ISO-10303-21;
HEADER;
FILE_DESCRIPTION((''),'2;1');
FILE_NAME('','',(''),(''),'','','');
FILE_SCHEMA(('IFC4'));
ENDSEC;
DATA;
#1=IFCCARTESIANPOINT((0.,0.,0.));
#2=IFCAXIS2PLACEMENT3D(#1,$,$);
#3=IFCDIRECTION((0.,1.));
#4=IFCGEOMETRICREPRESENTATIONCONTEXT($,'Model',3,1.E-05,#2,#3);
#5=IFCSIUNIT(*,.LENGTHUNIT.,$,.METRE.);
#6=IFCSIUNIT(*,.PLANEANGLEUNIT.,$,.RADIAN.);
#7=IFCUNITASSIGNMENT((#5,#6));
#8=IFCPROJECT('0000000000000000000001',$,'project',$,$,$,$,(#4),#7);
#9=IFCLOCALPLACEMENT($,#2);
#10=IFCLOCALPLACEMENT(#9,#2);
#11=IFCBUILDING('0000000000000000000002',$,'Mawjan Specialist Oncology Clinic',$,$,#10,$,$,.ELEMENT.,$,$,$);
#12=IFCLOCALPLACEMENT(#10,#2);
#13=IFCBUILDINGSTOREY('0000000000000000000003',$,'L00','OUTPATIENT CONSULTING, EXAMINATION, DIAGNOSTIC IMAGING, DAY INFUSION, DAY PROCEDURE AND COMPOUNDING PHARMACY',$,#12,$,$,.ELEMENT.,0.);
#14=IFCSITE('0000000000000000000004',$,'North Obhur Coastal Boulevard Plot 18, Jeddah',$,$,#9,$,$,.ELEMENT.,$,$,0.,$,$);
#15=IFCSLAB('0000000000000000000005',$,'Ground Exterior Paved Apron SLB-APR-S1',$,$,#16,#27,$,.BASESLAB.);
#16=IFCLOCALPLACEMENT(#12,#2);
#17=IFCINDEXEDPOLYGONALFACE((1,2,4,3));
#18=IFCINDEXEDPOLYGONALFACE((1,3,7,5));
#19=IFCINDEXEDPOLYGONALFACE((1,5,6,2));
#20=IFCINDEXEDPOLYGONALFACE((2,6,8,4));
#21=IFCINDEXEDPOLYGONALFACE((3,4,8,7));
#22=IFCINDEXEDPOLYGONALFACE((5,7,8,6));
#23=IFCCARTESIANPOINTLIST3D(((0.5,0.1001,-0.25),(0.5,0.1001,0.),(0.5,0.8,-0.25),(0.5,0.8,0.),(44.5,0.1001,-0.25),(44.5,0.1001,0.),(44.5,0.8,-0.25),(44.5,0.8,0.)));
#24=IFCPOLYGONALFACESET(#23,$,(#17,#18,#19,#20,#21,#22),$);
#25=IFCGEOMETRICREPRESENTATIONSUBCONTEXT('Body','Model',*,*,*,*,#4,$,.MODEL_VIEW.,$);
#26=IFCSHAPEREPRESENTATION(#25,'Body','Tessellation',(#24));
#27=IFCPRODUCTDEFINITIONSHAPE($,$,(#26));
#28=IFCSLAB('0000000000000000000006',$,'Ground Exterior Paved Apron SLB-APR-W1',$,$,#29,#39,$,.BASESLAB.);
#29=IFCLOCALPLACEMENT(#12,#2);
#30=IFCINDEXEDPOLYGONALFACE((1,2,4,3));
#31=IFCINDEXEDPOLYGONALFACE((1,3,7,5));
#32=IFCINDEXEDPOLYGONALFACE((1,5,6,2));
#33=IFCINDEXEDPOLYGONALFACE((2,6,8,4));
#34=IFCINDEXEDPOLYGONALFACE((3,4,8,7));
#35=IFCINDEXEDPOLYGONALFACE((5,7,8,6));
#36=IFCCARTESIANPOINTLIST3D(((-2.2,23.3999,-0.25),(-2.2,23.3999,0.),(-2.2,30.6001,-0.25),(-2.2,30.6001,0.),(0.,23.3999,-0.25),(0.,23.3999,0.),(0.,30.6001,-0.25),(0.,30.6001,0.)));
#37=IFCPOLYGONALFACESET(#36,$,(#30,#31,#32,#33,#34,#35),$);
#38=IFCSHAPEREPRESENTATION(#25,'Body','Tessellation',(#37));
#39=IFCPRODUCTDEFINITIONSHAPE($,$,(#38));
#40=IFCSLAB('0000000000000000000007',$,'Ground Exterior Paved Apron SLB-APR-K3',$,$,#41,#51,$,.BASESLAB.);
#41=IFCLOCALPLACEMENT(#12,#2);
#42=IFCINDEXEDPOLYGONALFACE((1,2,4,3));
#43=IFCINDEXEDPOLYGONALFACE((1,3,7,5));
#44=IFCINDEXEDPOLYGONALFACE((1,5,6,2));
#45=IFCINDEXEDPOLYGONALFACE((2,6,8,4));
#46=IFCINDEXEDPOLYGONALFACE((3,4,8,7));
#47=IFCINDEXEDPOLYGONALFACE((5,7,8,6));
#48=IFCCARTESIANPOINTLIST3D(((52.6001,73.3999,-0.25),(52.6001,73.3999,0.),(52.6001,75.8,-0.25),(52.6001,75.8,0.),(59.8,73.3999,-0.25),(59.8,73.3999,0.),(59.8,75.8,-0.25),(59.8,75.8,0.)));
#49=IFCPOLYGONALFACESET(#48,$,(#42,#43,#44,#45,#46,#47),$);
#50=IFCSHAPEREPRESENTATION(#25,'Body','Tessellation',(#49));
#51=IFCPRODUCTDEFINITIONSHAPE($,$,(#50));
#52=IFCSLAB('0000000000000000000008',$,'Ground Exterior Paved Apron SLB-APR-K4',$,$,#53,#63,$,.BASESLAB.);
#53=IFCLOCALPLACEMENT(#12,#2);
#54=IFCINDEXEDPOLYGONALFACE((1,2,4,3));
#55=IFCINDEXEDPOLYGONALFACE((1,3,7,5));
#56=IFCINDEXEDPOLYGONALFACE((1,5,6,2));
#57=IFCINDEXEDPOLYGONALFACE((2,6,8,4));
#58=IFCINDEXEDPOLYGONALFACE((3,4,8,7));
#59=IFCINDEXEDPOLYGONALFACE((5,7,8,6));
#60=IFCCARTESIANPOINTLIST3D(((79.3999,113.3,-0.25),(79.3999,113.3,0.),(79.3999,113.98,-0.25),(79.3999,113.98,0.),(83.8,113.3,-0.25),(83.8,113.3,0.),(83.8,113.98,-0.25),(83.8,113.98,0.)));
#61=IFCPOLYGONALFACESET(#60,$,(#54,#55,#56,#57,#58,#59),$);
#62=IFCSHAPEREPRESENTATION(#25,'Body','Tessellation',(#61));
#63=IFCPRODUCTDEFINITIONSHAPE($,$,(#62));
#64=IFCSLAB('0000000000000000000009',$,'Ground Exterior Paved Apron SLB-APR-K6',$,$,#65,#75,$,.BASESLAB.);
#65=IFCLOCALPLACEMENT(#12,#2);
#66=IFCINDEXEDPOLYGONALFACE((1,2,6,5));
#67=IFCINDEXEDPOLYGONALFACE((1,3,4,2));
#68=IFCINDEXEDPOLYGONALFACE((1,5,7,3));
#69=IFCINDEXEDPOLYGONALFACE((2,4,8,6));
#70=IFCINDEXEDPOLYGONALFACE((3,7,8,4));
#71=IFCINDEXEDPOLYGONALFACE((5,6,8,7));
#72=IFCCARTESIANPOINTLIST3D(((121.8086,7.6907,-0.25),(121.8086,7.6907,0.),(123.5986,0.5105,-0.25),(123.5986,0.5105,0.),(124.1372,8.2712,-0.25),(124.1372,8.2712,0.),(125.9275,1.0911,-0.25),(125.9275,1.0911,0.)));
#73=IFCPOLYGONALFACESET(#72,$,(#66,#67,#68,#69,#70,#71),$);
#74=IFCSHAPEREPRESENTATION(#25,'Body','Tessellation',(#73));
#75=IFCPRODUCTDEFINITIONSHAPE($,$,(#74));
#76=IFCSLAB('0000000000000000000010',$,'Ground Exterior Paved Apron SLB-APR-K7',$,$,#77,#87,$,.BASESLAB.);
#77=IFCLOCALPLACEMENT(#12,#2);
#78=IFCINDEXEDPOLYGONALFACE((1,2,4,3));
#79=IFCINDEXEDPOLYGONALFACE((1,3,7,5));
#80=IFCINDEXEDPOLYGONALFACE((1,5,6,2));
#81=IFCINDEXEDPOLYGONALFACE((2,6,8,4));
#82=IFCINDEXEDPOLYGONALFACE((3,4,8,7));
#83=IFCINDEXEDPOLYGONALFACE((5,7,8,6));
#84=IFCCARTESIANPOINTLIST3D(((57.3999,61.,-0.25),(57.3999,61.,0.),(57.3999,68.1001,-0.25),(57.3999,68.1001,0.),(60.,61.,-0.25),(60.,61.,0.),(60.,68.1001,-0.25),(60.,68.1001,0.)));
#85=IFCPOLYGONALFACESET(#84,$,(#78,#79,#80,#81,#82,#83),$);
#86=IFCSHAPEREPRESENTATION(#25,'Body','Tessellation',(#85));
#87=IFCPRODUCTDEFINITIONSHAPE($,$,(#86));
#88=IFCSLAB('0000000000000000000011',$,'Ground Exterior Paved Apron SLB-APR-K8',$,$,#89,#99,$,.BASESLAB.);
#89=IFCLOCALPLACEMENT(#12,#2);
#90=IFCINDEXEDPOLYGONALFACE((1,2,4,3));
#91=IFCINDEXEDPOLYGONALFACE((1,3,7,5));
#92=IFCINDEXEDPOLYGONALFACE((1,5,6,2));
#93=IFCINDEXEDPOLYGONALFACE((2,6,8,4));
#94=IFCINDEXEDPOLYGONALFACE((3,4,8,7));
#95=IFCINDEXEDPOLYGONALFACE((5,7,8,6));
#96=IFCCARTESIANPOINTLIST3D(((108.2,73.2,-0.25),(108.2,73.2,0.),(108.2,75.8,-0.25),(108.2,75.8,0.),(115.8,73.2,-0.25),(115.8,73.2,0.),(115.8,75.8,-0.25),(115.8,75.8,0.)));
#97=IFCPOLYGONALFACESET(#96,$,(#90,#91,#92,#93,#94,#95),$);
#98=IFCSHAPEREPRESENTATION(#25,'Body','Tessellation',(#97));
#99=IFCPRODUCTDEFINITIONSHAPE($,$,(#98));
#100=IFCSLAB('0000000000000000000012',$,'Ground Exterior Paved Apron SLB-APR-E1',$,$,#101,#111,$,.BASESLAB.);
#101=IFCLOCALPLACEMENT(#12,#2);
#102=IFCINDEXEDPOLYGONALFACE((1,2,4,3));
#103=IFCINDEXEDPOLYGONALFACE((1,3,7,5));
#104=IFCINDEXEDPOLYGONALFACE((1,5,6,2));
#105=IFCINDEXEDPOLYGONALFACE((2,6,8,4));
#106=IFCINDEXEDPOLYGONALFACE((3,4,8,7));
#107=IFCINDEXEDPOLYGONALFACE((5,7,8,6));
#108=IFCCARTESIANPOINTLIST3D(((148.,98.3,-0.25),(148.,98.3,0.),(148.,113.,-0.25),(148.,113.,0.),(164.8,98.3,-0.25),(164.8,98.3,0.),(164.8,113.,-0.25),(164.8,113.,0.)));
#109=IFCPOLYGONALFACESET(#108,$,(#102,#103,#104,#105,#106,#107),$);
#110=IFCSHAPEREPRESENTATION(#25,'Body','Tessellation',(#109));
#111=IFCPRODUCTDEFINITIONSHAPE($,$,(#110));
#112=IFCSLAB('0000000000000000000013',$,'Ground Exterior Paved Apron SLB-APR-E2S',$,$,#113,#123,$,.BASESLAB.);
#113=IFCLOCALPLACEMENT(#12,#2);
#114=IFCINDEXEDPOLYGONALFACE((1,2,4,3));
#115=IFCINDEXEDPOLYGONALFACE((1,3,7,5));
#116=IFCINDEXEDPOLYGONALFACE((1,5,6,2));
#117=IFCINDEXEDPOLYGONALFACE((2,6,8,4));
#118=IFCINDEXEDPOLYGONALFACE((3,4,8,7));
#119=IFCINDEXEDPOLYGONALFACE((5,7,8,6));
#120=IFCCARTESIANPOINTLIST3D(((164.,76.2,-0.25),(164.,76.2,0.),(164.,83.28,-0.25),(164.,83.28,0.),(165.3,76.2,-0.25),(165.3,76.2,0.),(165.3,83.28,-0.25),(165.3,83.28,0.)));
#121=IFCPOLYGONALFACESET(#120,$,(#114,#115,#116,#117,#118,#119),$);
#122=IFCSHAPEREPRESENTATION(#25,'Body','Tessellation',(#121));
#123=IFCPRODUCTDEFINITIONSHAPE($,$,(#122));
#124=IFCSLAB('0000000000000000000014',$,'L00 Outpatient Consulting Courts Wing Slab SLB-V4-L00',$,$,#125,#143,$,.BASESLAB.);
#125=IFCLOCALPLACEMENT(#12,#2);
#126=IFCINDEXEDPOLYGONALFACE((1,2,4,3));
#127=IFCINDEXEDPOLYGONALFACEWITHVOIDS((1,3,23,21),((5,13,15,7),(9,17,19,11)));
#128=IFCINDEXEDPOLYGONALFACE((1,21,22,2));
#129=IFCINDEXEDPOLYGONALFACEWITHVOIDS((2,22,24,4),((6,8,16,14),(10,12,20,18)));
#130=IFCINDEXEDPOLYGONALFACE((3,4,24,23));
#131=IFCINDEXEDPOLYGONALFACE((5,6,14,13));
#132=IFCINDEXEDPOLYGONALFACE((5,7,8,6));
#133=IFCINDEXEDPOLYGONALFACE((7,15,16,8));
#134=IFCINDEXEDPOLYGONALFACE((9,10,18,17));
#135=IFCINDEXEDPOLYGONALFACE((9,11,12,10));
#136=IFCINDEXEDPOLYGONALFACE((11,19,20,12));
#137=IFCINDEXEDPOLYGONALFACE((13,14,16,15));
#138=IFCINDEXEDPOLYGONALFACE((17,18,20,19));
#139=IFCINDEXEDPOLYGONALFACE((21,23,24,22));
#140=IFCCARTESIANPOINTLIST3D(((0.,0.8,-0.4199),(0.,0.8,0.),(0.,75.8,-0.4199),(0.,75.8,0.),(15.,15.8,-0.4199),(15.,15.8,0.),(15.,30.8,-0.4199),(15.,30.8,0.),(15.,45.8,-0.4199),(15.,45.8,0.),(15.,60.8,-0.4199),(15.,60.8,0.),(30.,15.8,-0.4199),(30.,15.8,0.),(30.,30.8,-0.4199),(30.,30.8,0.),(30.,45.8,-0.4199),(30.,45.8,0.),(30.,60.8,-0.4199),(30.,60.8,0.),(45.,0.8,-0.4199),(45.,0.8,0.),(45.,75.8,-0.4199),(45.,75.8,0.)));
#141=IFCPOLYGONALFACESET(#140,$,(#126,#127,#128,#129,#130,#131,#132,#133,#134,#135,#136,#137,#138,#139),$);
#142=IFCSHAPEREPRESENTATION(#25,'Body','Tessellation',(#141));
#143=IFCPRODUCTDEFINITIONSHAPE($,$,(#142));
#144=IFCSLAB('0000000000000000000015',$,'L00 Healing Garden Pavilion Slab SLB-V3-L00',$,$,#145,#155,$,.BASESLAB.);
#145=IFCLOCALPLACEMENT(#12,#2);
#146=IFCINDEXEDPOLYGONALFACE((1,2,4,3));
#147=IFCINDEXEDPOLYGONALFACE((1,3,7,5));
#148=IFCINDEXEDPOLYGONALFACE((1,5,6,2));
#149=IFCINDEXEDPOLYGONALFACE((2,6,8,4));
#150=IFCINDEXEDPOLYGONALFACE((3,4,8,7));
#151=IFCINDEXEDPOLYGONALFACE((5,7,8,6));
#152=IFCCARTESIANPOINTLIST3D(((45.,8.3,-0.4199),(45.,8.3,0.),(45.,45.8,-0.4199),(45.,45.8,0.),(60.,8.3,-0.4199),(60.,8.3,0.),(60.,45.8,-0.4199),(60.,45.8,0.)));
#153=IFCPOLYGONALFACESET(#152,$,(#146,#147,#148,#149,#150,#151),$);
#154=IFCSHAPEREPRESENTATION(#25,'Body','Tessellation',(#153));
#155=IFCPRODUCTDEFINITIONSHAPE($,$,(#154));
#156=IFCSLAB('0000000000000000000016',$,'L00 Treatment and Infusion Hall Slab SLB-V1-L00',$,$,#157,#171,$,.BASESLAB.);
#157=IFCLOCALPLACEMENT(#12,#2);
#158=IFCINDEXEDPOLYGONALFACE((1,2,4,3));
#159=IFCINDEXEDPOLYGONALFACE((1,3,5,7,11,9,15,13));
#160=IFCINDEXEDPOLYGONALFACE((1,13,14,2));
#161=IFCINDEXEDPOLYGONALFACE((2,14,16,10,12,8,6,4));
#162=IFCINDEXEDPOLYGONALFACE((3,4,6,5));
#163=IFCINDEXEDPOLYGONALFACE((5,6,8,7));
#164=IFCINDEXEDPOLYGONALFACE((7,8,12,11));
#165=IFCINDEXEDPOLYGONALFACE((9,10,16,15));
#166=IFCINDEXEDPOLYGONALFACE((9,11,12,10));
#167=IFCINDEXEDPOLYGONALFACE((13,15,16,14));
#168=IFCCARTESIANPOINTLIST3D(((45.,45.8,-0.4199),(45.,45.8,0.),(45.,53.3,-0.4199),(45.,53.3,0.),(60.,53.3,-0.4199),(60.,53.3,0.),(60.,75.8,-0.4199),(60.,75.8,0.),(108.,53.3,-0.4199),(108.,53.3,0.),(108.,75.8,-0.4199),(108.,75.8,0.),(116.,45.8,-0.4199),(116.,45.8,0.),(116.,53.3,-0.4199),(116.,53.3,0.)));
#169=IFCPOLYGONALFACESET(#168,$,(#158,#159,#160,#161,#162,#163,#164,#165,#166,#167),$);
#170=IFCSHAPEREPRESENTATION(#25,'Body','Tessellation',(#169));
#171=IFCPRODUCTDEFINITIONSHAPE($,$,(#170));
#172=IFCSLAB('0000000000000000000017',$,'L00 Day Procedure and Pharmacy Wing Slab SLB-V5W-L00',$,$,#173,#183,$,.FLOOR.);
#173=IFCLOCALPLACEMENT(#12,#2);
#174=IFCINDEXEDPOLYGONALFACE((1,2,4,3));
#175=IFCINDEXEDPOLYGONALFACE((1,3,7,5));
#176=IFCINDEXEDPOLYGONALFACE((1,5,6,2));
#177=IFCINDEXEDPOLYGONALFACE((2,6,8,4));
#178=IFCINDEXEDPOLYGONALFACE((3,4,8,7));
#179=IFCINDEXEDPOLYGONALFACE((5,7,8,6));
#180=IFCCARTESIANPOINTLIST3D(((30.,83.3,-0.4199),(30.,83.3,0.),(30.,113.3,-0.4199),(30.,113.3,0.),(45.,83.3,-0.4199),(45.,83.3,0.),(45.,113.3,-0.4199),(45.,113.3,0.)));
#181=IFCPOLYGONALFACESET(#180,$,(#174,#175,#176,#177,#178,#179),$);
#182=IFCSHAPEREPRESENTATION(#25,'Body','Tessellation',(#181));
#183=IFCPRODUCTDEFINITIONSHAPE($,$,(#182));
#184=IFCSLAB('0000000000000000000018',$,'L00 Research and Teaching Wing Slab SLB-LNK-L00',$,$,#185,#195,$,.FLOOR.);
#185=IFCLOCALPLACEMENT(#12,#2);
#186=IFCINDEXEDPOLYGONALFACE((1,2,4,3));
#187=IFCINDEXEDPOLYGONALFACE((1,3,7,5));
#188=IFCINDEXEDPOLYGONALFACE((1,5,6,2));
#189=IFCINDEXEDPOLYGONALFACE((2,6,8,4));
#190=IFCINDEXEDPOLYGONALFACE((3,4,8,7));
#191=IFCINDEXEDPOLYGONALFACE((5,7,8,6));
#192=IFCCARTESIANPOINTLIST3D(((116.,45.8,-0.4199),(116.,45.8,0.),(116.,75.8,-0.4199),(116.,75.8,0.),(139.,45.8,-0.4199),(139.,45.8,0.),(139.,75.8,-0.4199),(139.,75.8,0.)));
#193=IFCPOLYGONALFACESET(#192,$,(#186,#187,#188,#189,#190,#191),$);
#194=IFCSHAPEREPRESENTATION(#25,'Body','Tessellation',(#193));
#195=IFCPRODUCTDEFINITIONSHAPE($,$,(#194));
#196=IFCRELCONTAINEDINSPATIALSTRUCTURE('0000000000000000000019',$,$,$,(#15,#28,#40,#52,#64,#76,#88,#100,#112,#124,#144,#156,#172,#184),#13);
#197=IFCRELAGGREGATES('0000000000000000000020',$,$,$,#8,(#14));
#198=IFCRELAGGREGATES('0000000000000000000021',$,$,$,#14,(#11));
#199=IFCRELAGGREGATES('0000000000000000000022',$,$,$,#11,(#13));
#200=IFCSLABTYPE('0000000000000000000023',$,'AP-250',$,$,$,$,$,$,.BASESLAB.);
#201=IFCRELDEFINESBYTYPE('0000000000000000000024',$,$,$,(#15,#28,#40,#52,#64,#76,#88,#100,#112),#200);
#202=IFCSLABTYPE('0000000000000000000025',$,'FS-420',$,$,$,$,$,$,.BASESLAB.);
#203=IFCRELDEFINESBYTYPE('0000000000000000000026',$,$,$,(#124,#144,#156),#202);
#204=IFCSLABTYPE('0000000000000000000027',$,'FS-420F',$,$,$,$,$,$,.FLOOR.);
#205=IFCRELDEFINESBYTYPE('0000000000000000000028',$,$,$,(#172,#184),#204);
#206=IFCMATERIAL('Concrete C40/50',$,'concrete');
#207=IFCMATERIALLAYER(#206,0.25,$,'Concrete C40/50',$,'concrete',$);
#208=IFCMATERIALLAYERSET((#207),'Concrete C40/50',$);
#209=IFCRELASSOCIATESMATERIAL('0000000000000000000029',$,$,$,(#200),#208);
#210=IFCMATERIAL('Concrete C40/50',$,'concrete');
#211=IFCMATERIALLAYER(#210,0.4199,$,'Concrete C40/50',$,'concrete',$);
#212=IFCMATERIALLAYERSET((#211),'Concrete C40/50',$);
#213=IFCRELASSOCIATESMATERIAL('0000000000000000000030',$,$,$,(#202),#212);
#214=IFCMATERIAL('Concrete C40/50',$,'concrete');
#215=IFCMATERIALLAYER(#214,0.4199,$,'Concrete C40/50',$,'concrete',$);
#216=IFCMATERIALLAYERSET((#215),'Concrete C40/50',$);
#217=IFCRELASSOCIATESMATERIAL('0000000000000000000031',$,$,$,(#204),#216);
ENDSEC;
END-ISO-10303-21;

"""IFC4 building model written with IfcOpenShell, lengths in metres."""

from ifc_helpers import new_model, si_unit, direction, frame, origin, place, context, subcontext, project, spatial, polyline, outline, extrude, material, layer, layer_set, type_object, element, save


model = new_model("IFC4")

# Units and contexts
model_context = context("Model", 3, precision=1e-05, world=origin(), true_north=direction((0.0, 1.0)))
body_context = subcontext(model_context, "Body", "Model", "MODEL_VIEW")
ifc_project = project(units=[si_unit("LENGTHUNIT", "METRE"), si_unit("PLANEANGLEUNIT", "RADIAN")], contexts=[model_context])

# Site, building, storey
site_placement = place(None, origin())
site = spatial("IfcSite", under=ifc_project, at=site_placement, Name="North Obhur Coastal Boulevard Plot 18, Jeddah", CompositionType="ELEMENT", RefElevation=0.0)
building_placement = place(site_placement, origin())
building = spatial("IfcBuilding", under=site, at=building_placement, Name="Mawjan Specialist Oncology Clinic", CompositionType="ELEMENT")
storey_placement = place(building_placement, origin())
storey = spatial("IfcBuildingStorey", under=building, at=storey_placement, Name="L00", Description="OUTPATIENT CONSULTING, EXAMINATION, DIAGNOSTIC IMAGING, DAY INFUSION, DAY PROCEDURE AND COMPOUNDING PHARMACY", CompositionType="ELEMENT", Elevation=0.0)

# Slabs
ifc_material_1 = material(Name="Concrete C40/50", Category="concrete")
ifc_layer_1 = layer(ifc_material_1, 0.25, Name="Concrete C40/50", Category="concrete")
ifc_layer_set_1 = layer_set([ifc_layer_1], Name="Concrete C40/50")
slab_type_1 = type_object("IfcSlabType", Name="AP-250", PredefinedType="BASESLAB", material=ifc_layer_set_1)
slab_1_placement = place(storey_placement, frame((0.0, 0.0, -0.25)))
element("IfcSlab", 1, at=slab_1_placement, inside=storey, type_object=slab_type_1, Name="Ground Exterior Paved Apron SLB-APR-S1", PredefinedType="BASESLAB", context=body_context, shape_type="SweptSolid", body=[
    extrude(outline(polyline([(0.5, 0.1001), (44.5, 0.1001), (44.5, 0.8), (0.5, 0.8), (0.5, 0.1001)])), origin(), (0.0, 0.0, 1.0), 0.25),
])
slab_2_placement = place(storey_placement, frame((0.0, 0.0, -0.25)))
element("IfcSlab", 2, at=slab_2_placement, inside=storey, type_object=slab_type_1, Name="Ground Exterior Paved Apron SLB-APR-W1", PredefinedType="BASESLAB", context=body_context, shape_type="SweptSolid", body=[
    extrude(outline(polyline([(-2.2, 23.3999), (0.0, 23.3999), (0.0, 30.6001), (-2.2, 30.6001), (-2.2, 23.3999)])), origin(), (0.0, 0.0, 1.0), 0.25),
])
slab_3_placement = place(storey_placement, frame((0.0, 0.0, -0.25)))
element("IfcSlab", 3, at=slab_3_placement, inside=storey, type_object=slab_type_1, Name="Ground Exterior Paved Apron SLB-APR-K3", PredefinedType="BASESLAB", context=body_context, shape_type="SweptSolid", body=[
    extrude(outline(polyline([(52.6001, 73.3999), (59.8, 73.3999), (59.8, 75.8), (52.6001, 75.8), (52.6001, 73.3999)])), origin(), (0.0, 0.0, 1.0), 0.25),
])
slab_4_placement = place(storey_placement, frame((0.0, 0.0, -0.25)))
element("IfcSlab", 4, at=slab_4_placement, inside=storey, type_object=slab_type_1, Name="Ground Exterior Paved Apron SLB-APR-K4", PredefinedType="BASESLAB", context=body_context, shape_type="SweptSolid", body=[
    extrude(outline(polyline([(79.3999, 113.3), (83.8, 113.3), (83.8, 113.98), (79.3999, 113.98), (79.3999, 113.3)])), origin(), (0.0, 0.0, 1.0), 0.25),
])
slab_5_placement = place(storey_placement, frame((0.0, 0.0, -0.25)))
element("IfcSlab", 5, at=slab_5_placement, inside=storey, type_object=slab_type_1, Name="Ground Exterior Paved Apron SLB-APR-K6", PredefinedType="BASESLAB", context=body_context, shape_type="SweptSolid", body=[
    extrude(outline(polyline([(123.5986, 0.5105), (125.9275, 1.0911), (124.1372, 8.2712), (121.8086, 7.6907), (123.5986, 0.5105)])), origin(), (0.0, 0.0, 1.0), 0.25),
])
slab_6_placement = place(storey_placement, frame((0.0, 0.0, -0.25)))
element("IfcSlab", 6, at=slab_6_placement, inside=storey, type_object=slab_type_1, Name="Ground Exterior Paved Apron SLB-APR-K7", PredefinedType="BASESLAB", context=body_context, shape_type="SweptSolid", body=[
    extrude(outline(polyline([(57.3999, 61.0), (60.0, 61.0), (60.0, 68.1001), (57.3999, 68.1001), (57.3999, 61.0)])), origin(), (0.0, 0.0, 1.0), 0.25),
])
slab_7_placement = place(storey_placement, frame((0.0, 0.0, -0.25)))
element("IfcSlab", 7, at=slab_7_placement, inside=storey, type_object=slab_type_1, Name="Ground Exterior Paved Apron SLB-APR-K8", PredefinedType="BASESLAB", context=body_context, shape_type="SweptSolid", body=[
    extrude(outline(polyline([(108.2, 73.2), (115.8, 73.2), (115.8, 75.8), (108.2, 75.8), (108.2, 73.2)])), origin(), (0.0, 0.0, 1.0), 0.25),
])
slab_8_placement = place(storey_placement, frame((0.0, 0.0, -0.25)))
element("IfcSlab", 8, at=slab_8_placement, inside=storey, type_object=slab_type_1, Name="Ground Exterior Paved Apron SLB-APR-E1", PredefinedType="BASESLAB", context=body_context, shape_type="SweptSolid", body=[
    extrude(outline(polyline([(148.0, 98.3), (164.8, 98.3), (164.8, 113.0), (148.0, 113.0), (148.0, 98.3)])), origin(), (0.0, 0.0, 1.0), 0.25),
])
slab_9_placement = place(storey_placement, frame((0.0, 0.0, -0.25)))
element("IfcSlab", 9, at=slab_9_placement, inside=storey, type_object=slab_type_1, Name="Ground Exterior Paved Apron SLB-APR-E2S", PredefinedType="BASESLAB", context=body_context, shape_type="SweptSolid", body=[
    extrude(outline(polyline([(164.0, 76.2), (165.3, 76.2), (165.3, 83.28), (164.0, 83.28), (164.0, 76.2)])), origin(), (0.0, 0.0, 1.0), 0.25),
])
ifc_material_2 = material(Name="Concrete C40/50", Category="concrete")
ifc_layer_2 = layer(ifc_material_2, 0.4199, Name="Concrete C40/50", Category="concrete")
ifc_layer_set_2 = layer_set([ifc_layer_2], Name="Concrete C40/50")
slab_type_2 = type_object("IfcSlabType", Name="FS-420", PredefinedType="BASESLAB", material=ifc_layer_set_2)
slab_10_placement = place(storey_placement, frame((0.0, 0.0, -0.4199)))
element("IfcSlab", 10, at=slab_10_placement, inside=storey, type_object=slab_type_2, Name="L00 Outpatient Consulting Courts Wing Slab SLB-V4-L00", PredefinedType="BASESLAB", context=body_context, shape_type="SweptSolid", body=[
    extrude(outline(polyline([(0.0, 0.8), (45.0, 0.8), (45.0, 75.8), (0.0, 75.8), (0.0, 0.8)]), holes=[polyline([(15.0, 15.8), (30.0, 15.8), (30.0, 30.8), (15.0, 30.8), (15.0, 15.8)]), polyline([(15.0, 45.8), (30.0, 45.8), (30.0, 60.8), (15.0, 60.8), (15.0, 45.8)])]), origin(), (0.0, 0.0, 1.0), 0.4199),
])
slab_11_placement = place(storey_placement, frame((0.0, 0.0, -0.4199)))
element("IfcSlab", 11, at=slab_11_placement, inside=storey, type_object=slab_type_2, Name="L00 Healing Garden Pavilion Slab SLB-V3-L00", PredefinedType="BASESLAB", context=body_context, shape_type="SweptSolid", body=[
    extrude(outline(polyline([(45.0, 8.3), (60.0, 8.3), (60.0, 45.8), (45.0, 45.8), (45.0, 8.3)])), origin(), (0.0, 0.0, 1.0), 0.4199),
])
slab_12_placement = place(storey_placement, frame((0.0, 0.0, -0.4199)))
element("IfcSlab", 12, at=slab_12_placement, inside=storey, type_object=slab_type_2, Name="L00 Treatment and Infusion Hall Slab SLB-V1-L00", PredefinedType="BASESLAB", context=body_context, shape_type="SweptSolid", body=[
    extrude(outline(polyline([(45.0, 45.8), (116.0, 45.8), (116.0, 53.3), (108.0, 53.3), (108.0, 75.8), (60.0, 75.8), (60.0, 53.3), (45.0, 53.3), (45.0, 45.8)])), origin(), (0.0, 0.0, 1.0), 0.4199),
])
ifc_material_3 = material(Name="Concrete C40/50", Category="concrete")
ifc_layer_3 = layer(ifc_material_3, 0.4199, Name="Concrete C40/50", Category="concrete")
ifc_layer_set_3 = layer_set([ifc_layer_3], Name="Concrete C40/50")
slab_type_3 = type_object("IfcSlabType", Name="FS-420F", PredefinedType="FLOOR", material=ifc_layer_set_3)
slab_13_placement = place(storey_placement, frame((0.0, 0.0, -0.4199)))
element("IfcSlab", 13, at=slab_13_placement, inside=storey, type_object=slab_type_3, Name="L00 Day Procedure and Pharmacy Wing Slab SLB-V5W-L00", PredefinedType="FLOOR", context=body_context, shape_type="SweptSolid", body=[
    extrude(outline(polyline([(30.0, 83.3), (45.0, 83.3), (45.0, 113.3), (30.0, 113.3), (30.0, 83.3)])), origin(), (0.0, 0.0, 1.0), 0.4199),
])
slab_14_placement = place(storey_placement, frame((0.0, 0.0, -0.4199)))
element("IfcSlab", 14, at=slab_14_placement, inside=storey, type_object=slab_type_3, Name="L00 Research and Teaching Wing Slab SLB-LNK-L00", PredefinedType="FLOOR", context=body_context, shape_type="SweptSolid", body=[
    extrude(outline(polyline([(116.0, 45.8), (139.0, 45.8), (139.0, 75.8), (116.0, 75.8), (116.0, 45.8)])), origin(), (0.0, 0.0, 1.0), 0.4199),
])

save(model, "model.ifc")
